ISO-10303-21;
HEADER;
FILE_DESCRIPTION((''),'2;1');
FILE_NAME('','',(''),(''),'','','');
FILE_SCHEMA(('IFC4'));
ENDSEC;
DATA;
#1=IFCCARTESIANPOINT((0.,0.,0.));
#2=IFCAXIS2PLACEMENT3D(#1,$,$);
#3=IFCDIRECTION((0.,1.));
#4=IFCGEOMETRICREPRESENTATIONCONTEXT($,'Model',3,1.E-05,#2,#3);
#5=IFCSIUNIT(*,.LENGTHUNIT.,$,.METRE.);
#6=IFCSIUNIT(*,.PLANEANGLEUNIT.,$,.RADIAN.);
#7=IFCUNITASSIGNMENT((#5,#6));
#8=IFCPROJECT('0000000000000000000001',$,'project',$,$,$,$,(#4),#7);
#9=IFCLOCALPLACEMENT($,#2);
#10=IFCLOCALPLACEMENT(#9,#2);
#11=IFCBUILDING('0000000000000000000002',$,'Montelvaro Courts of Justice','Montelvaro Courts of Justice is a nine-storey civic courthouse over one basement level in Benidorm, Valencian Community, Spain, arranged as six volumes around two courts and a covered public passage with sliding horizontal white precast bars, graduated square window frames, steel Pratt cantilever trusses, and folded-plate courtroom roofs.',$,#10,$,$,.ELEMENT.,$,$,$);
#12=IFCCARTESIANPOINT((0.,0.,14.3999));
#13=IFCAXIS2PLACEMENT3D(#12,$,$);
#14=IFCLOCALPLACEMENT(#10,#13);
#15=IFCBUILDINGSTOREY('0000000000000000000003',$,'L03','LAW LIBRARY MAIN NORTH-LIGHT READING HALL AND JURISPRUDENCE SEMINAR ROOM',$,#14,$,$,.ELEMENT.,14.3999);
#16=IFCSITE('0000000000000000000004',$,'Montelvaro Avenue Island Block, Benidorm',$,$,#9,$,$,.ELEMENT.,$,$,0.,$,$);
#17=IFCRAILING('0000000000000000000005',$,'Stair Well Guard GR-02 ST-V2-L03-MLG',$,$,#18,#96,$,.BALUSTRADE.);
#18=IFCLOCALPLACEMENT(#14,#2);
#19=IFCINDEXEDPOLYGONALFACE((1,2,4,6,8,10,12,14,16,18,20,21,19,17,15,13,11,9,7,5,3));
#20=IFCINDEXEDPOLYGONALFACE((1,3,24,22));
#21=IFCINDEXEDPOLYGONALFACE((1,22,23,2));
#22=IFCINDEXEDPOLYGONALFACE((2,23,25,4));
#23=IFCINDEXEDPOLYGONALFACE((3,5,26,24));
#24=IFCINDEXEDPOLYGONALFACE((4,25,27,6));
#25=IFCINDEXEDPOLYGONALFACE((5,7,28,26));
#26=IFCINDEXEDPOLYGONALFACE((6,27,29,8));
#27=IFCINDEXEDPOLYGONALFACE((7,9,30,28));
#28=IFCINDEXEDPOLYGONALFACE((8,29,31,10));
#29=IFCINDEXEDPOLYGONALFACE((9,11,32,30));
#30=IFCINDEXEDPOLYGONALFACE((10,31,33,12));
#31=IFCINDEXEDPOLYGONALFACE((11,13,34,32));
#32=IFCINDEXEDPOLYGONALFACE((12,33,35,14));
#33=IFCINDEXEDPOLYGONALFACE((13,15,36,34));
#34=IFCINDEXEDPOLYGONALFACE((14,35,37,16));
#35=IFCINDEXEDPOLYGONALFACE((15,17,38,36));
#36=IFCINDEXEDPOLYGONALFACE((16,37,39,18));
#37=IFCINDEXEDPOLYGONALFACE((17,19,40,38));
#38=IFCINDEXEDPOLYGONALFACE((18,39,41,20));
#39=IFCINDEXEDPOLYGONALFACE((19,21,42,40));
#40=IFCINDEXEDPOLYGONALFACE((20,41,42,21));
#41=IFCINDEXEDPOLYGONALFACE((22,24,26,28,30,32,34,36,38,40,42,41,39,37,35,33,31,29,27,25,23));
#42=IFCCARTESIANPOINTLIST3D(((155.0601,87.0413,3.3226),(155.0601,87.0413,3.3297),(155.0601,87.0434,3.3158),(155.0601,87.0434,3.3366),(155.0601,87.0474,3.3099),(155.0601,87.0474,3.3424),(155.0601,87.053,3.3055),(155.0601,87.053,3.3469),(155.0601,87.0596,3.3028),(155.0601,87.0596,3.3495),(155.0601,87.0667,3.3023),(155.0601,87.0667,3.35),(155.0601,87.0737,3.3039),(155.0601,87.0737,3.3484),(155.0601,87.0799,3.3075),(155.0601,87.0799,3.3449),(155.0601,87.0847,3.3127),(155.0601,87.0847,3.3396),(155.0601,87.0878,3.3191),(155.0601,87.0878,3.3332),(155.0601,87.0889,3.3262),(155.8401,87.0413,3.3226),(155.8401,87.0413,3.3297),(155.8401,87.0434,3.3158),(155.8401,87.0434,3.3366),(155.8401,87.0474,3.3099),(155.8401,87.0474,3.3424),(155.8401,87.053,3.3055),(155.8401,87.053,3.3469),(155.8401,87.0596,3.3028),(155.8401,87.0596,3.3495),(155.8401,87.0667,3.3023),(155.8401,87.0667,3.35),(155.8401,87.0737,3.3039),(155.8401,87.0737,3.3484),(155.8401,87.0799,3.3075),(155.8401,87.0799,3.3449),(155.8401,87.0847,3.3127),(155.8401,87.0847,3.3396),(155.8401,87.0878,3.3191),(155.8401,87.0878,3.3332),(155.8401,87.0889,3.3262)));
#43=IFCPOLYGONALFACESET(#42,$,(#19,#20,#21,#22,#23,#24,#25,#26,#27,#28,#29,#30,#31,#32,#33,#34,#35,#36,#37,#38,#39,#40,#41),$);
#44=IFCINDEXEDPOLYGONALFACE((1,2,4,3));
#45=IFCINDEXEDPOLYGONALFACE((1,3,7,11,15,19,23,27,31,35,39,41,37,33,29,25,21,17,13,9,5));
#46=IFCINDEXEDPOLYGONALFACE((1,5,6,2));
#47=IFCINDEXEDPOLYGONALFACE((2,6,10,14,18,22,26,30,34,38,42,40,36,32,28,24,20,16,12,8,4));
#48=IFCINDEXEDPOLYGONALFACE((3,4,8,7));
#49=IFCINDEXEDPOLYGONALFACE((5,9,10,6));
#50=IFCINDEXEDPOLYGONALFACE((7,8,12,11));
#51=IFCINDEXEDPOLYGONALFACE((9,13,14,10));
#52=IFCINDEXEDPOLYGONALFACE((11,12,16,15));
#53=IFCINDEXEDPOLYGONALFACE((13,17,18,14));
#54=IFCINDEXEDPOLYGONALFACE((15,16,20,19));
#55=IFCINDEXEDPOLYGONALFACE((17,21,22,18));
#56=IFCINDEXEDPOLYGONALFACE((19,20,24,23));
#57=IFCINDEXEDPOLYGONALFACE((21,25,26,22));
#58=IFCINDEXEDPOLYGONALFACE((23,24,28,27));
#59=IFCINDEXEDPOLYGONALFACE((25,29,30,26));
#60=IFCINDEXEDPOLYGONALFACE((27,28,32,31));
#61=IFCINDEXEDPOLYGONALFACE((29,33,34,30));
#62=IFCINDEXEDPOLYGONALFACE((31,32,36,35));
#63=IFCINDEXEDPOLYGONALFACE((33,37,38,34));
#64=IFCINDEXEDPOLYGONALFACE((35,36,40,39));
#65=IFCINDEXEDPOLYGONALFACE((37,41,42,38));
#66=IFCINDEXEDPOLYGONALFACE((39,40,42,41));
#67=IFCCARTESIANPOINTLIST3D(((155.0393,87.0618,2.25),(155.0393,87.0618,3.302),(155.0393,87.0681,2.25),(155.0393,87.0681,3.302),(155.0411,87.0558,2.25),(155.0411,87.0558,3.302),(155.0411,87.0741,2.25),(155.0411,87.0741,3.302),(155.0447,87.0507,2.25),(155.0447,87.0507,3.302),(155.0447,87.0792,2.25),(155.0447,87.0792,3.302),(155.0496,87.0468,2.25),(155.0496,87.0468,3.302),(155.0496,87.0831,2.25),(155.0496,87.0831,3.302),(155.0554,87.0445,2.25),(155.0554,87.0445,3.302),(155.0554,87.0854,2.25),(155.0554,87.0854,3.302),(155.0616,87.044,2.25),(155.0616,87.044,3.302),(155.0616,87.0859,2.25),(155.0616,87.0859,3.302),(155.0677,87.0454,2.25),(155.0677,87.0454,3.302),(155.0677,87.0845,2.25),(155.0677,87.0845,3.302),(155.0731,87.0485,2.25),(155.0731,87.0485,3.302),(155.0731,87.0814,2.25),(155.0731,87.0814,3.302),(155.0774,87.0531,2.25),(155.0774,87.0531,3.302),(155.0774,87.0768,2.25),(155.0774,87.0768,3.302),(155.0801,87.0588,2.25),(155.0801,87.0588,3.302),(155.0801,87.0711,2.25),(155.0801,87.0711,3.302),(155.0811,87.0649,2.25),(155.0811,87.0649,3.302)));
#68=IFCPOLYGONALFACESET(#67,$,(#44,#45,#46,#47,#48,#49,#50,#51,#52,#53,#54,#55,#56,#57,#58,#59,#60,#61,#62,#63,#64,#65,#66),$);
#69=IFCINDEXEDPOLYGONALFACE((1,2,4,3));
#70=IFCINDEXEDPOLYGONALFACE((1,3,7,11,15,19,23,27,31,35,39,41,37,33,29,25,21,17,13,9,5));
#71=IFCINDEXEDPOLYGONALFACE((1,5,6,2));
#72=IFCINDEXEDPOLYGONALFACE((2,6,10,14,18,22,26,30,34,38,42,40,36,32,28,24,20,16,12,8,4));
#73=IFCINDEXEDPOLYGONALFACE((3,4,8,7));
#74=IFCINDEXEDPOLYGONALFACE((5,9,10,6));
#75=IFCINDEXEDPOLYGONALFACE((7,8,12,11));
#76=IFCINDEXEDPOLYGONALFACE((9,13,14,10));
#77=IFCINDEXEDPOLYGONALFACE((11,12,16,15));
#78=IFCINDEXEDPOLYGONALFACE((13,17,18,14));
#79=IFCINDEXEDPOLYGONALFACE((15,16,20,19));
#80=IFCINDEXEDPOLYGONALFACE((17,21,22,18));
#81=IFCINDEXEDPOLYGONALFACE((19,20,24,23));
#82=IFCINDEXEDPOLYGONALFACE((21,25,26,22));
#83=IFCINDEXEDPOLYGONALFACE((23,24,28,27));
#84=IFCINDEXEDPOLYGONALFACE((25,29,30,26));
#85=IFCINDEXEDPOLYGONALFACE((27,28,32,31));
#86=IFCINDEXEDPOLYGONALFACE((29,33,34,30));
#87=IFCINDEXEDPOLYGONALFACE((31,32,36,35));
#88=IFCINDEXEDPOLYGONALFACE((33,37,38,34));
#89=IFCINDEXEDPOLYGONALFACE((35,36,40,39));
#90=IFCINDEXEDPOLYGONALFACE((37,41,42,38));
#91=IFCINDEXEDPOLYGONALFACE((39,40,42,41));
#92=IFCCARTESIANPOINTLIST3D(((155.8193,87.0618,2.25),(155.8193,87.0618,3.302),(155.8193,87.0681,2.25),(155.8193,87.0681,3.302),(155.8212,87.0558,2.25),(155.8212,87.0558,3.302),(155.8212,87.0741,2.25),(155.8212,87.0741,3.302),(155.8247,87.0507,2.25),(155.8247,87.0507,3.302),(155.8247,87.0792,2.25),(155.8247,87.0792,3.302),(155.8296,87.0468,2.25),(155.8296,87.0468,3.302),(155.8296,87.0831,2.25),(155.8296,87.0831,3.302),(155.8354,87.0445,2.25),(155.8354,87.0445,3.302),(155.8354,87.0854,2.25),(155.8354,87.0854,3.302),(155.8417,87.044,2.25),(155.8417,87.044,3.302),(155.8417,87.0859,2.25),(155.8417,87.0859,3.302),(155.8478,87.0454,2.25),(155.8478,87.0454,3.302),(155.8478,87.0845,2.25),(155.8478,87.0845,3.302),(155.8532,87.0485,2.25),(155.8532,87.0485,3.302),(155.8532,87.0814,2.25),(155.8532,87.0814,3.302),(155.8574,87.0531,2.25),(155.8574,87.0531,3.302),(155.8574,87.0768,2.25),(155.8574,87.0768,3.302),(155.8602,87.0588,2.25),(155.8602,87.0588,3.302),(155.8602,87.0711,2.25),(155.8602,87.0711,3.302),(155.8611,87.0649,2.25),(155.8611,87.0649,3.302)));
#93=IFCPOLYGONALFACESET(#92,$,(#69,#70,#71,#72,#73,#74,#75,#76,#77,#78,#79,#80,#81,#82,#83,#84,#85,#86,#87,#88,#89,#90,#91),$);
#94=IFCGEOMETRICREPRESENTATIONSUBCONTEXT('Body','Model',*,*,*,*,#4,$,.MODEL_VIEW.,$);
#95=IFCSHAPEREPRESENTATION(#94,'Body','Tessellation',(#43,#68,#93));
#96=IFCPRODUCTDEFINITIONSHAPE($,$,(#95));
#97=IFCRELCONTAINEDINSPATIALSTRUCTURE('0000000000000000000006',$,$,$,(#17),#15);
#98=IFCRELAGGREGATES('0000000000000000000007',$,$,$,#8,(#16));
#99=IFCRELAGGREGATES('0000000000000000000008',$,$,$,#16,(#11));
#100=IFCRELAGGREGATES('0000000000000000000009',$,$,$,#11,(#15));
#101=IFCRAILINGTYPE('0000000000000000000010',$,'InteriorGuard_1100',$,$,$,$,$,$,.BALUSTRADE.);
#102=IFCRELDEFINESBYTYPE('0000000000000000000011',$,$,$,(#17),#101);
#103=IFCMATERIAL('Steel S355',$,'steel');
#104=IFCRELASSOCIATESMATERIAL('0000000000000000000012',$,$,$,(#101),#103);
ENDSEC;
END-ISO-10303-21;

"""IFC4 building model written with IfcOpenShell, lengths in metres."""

from ifc_helpers import new_model, si_unit, direction, frame, origin, origin_2d, place, context, subcontext, project, spatial, circle, extrude, material, type_object, element, save


model = new_model("IFC4")

# Units and contexts
model_context = context("Model", 3, precision=1e-05, world=origin(), true_north=direction((0.0, 1.0)))
body_context = subcontext(model_context, "Body", "Model", "MODEL_VIEW")
ifc_project = project(units=[si_unit("LENGTHUNIT", "METRE"), si_unit("PLANEANGLEUNIT", "RADIAN")], contexts=[model_context])

# Site, building, storey
site_placement = place(None, origin())
site = spatial("IfcSite", under=ifc_project, at=site_placement, Name="Montelvaro Avenue Island Block, Benidorm", CompositionType="ELEMENT", RefElevation=0.0)
building_placement = place(site_placement, origin())
building = spatial("IfcBuilding", under=site, at=building_placement, Name="Montelvaro Courts of Justice", Description="Montelvaro Courts of Justice is a nine-storey civic courthouse over one basement level in Benidorm, Valencian Community, Spain, arranged as six volumes around two courts and a covered public passage with sliding horizontal white precast bars, graduated square window frames, steel Pratt cantilever trusses, and folded-plate courtroom roofs.", CompositionType="ELEMENT")
storey_placement = place(building_placement, frame((0.0, 0.0, 14.3999)))
storey = spatial("IfcBuildingStorey", under=building, at=storey_placement, Name="L03", Description="LAW LIBRARY MAIN NORTH-LIGHT READING HALL AND JURISPRUDENCE SEMINAR ROOM", CompositionType="ELEMENT", Elevation=14.3999)

# Shared definitions
ifc_material_1 = material(Name="Steel S355", Category="steel")

# Railing
railing_type_1 = type_object("IfcRailingType", Name="InteriorGuard_1100", PredefinedType="BALUSTRADE", material=ifc_material_1)
railing_1_placement = place(storey_placement, frame((155.0601, 87.0649, 2.25)))
element("IfcRailing", 1, at=railing_1_placement, inside=storey, type_object=railing_type_1, Name="Stair Well Guard GR-02 ST-V2-L03-MLG", PredefinedType="BALUSTRADE", context=body_context, shape_type="SweptSolid", body=[
    extrude(circle(Radius=0.0239, at=origin_2d()), frame((0.0, 0.0, 1.0762), z_axis=(1.0, 0.0, 0.0), x_axis=(0.0, 1.0, 0.0)), (0.0, 0.0, 1.0), 0.78),
    extrude(circle(Radius=0.021, at=origin_2d()), origin(), (0.0, 0.0, 1.0), 1.052),
    extrude(circle(Radius=0.021, at=origin_2d()), frame((0.78, 0.0, 0.0)), (0.0, 0.0, 1.0), 1.052),
])

save(model, "model.ifc")
